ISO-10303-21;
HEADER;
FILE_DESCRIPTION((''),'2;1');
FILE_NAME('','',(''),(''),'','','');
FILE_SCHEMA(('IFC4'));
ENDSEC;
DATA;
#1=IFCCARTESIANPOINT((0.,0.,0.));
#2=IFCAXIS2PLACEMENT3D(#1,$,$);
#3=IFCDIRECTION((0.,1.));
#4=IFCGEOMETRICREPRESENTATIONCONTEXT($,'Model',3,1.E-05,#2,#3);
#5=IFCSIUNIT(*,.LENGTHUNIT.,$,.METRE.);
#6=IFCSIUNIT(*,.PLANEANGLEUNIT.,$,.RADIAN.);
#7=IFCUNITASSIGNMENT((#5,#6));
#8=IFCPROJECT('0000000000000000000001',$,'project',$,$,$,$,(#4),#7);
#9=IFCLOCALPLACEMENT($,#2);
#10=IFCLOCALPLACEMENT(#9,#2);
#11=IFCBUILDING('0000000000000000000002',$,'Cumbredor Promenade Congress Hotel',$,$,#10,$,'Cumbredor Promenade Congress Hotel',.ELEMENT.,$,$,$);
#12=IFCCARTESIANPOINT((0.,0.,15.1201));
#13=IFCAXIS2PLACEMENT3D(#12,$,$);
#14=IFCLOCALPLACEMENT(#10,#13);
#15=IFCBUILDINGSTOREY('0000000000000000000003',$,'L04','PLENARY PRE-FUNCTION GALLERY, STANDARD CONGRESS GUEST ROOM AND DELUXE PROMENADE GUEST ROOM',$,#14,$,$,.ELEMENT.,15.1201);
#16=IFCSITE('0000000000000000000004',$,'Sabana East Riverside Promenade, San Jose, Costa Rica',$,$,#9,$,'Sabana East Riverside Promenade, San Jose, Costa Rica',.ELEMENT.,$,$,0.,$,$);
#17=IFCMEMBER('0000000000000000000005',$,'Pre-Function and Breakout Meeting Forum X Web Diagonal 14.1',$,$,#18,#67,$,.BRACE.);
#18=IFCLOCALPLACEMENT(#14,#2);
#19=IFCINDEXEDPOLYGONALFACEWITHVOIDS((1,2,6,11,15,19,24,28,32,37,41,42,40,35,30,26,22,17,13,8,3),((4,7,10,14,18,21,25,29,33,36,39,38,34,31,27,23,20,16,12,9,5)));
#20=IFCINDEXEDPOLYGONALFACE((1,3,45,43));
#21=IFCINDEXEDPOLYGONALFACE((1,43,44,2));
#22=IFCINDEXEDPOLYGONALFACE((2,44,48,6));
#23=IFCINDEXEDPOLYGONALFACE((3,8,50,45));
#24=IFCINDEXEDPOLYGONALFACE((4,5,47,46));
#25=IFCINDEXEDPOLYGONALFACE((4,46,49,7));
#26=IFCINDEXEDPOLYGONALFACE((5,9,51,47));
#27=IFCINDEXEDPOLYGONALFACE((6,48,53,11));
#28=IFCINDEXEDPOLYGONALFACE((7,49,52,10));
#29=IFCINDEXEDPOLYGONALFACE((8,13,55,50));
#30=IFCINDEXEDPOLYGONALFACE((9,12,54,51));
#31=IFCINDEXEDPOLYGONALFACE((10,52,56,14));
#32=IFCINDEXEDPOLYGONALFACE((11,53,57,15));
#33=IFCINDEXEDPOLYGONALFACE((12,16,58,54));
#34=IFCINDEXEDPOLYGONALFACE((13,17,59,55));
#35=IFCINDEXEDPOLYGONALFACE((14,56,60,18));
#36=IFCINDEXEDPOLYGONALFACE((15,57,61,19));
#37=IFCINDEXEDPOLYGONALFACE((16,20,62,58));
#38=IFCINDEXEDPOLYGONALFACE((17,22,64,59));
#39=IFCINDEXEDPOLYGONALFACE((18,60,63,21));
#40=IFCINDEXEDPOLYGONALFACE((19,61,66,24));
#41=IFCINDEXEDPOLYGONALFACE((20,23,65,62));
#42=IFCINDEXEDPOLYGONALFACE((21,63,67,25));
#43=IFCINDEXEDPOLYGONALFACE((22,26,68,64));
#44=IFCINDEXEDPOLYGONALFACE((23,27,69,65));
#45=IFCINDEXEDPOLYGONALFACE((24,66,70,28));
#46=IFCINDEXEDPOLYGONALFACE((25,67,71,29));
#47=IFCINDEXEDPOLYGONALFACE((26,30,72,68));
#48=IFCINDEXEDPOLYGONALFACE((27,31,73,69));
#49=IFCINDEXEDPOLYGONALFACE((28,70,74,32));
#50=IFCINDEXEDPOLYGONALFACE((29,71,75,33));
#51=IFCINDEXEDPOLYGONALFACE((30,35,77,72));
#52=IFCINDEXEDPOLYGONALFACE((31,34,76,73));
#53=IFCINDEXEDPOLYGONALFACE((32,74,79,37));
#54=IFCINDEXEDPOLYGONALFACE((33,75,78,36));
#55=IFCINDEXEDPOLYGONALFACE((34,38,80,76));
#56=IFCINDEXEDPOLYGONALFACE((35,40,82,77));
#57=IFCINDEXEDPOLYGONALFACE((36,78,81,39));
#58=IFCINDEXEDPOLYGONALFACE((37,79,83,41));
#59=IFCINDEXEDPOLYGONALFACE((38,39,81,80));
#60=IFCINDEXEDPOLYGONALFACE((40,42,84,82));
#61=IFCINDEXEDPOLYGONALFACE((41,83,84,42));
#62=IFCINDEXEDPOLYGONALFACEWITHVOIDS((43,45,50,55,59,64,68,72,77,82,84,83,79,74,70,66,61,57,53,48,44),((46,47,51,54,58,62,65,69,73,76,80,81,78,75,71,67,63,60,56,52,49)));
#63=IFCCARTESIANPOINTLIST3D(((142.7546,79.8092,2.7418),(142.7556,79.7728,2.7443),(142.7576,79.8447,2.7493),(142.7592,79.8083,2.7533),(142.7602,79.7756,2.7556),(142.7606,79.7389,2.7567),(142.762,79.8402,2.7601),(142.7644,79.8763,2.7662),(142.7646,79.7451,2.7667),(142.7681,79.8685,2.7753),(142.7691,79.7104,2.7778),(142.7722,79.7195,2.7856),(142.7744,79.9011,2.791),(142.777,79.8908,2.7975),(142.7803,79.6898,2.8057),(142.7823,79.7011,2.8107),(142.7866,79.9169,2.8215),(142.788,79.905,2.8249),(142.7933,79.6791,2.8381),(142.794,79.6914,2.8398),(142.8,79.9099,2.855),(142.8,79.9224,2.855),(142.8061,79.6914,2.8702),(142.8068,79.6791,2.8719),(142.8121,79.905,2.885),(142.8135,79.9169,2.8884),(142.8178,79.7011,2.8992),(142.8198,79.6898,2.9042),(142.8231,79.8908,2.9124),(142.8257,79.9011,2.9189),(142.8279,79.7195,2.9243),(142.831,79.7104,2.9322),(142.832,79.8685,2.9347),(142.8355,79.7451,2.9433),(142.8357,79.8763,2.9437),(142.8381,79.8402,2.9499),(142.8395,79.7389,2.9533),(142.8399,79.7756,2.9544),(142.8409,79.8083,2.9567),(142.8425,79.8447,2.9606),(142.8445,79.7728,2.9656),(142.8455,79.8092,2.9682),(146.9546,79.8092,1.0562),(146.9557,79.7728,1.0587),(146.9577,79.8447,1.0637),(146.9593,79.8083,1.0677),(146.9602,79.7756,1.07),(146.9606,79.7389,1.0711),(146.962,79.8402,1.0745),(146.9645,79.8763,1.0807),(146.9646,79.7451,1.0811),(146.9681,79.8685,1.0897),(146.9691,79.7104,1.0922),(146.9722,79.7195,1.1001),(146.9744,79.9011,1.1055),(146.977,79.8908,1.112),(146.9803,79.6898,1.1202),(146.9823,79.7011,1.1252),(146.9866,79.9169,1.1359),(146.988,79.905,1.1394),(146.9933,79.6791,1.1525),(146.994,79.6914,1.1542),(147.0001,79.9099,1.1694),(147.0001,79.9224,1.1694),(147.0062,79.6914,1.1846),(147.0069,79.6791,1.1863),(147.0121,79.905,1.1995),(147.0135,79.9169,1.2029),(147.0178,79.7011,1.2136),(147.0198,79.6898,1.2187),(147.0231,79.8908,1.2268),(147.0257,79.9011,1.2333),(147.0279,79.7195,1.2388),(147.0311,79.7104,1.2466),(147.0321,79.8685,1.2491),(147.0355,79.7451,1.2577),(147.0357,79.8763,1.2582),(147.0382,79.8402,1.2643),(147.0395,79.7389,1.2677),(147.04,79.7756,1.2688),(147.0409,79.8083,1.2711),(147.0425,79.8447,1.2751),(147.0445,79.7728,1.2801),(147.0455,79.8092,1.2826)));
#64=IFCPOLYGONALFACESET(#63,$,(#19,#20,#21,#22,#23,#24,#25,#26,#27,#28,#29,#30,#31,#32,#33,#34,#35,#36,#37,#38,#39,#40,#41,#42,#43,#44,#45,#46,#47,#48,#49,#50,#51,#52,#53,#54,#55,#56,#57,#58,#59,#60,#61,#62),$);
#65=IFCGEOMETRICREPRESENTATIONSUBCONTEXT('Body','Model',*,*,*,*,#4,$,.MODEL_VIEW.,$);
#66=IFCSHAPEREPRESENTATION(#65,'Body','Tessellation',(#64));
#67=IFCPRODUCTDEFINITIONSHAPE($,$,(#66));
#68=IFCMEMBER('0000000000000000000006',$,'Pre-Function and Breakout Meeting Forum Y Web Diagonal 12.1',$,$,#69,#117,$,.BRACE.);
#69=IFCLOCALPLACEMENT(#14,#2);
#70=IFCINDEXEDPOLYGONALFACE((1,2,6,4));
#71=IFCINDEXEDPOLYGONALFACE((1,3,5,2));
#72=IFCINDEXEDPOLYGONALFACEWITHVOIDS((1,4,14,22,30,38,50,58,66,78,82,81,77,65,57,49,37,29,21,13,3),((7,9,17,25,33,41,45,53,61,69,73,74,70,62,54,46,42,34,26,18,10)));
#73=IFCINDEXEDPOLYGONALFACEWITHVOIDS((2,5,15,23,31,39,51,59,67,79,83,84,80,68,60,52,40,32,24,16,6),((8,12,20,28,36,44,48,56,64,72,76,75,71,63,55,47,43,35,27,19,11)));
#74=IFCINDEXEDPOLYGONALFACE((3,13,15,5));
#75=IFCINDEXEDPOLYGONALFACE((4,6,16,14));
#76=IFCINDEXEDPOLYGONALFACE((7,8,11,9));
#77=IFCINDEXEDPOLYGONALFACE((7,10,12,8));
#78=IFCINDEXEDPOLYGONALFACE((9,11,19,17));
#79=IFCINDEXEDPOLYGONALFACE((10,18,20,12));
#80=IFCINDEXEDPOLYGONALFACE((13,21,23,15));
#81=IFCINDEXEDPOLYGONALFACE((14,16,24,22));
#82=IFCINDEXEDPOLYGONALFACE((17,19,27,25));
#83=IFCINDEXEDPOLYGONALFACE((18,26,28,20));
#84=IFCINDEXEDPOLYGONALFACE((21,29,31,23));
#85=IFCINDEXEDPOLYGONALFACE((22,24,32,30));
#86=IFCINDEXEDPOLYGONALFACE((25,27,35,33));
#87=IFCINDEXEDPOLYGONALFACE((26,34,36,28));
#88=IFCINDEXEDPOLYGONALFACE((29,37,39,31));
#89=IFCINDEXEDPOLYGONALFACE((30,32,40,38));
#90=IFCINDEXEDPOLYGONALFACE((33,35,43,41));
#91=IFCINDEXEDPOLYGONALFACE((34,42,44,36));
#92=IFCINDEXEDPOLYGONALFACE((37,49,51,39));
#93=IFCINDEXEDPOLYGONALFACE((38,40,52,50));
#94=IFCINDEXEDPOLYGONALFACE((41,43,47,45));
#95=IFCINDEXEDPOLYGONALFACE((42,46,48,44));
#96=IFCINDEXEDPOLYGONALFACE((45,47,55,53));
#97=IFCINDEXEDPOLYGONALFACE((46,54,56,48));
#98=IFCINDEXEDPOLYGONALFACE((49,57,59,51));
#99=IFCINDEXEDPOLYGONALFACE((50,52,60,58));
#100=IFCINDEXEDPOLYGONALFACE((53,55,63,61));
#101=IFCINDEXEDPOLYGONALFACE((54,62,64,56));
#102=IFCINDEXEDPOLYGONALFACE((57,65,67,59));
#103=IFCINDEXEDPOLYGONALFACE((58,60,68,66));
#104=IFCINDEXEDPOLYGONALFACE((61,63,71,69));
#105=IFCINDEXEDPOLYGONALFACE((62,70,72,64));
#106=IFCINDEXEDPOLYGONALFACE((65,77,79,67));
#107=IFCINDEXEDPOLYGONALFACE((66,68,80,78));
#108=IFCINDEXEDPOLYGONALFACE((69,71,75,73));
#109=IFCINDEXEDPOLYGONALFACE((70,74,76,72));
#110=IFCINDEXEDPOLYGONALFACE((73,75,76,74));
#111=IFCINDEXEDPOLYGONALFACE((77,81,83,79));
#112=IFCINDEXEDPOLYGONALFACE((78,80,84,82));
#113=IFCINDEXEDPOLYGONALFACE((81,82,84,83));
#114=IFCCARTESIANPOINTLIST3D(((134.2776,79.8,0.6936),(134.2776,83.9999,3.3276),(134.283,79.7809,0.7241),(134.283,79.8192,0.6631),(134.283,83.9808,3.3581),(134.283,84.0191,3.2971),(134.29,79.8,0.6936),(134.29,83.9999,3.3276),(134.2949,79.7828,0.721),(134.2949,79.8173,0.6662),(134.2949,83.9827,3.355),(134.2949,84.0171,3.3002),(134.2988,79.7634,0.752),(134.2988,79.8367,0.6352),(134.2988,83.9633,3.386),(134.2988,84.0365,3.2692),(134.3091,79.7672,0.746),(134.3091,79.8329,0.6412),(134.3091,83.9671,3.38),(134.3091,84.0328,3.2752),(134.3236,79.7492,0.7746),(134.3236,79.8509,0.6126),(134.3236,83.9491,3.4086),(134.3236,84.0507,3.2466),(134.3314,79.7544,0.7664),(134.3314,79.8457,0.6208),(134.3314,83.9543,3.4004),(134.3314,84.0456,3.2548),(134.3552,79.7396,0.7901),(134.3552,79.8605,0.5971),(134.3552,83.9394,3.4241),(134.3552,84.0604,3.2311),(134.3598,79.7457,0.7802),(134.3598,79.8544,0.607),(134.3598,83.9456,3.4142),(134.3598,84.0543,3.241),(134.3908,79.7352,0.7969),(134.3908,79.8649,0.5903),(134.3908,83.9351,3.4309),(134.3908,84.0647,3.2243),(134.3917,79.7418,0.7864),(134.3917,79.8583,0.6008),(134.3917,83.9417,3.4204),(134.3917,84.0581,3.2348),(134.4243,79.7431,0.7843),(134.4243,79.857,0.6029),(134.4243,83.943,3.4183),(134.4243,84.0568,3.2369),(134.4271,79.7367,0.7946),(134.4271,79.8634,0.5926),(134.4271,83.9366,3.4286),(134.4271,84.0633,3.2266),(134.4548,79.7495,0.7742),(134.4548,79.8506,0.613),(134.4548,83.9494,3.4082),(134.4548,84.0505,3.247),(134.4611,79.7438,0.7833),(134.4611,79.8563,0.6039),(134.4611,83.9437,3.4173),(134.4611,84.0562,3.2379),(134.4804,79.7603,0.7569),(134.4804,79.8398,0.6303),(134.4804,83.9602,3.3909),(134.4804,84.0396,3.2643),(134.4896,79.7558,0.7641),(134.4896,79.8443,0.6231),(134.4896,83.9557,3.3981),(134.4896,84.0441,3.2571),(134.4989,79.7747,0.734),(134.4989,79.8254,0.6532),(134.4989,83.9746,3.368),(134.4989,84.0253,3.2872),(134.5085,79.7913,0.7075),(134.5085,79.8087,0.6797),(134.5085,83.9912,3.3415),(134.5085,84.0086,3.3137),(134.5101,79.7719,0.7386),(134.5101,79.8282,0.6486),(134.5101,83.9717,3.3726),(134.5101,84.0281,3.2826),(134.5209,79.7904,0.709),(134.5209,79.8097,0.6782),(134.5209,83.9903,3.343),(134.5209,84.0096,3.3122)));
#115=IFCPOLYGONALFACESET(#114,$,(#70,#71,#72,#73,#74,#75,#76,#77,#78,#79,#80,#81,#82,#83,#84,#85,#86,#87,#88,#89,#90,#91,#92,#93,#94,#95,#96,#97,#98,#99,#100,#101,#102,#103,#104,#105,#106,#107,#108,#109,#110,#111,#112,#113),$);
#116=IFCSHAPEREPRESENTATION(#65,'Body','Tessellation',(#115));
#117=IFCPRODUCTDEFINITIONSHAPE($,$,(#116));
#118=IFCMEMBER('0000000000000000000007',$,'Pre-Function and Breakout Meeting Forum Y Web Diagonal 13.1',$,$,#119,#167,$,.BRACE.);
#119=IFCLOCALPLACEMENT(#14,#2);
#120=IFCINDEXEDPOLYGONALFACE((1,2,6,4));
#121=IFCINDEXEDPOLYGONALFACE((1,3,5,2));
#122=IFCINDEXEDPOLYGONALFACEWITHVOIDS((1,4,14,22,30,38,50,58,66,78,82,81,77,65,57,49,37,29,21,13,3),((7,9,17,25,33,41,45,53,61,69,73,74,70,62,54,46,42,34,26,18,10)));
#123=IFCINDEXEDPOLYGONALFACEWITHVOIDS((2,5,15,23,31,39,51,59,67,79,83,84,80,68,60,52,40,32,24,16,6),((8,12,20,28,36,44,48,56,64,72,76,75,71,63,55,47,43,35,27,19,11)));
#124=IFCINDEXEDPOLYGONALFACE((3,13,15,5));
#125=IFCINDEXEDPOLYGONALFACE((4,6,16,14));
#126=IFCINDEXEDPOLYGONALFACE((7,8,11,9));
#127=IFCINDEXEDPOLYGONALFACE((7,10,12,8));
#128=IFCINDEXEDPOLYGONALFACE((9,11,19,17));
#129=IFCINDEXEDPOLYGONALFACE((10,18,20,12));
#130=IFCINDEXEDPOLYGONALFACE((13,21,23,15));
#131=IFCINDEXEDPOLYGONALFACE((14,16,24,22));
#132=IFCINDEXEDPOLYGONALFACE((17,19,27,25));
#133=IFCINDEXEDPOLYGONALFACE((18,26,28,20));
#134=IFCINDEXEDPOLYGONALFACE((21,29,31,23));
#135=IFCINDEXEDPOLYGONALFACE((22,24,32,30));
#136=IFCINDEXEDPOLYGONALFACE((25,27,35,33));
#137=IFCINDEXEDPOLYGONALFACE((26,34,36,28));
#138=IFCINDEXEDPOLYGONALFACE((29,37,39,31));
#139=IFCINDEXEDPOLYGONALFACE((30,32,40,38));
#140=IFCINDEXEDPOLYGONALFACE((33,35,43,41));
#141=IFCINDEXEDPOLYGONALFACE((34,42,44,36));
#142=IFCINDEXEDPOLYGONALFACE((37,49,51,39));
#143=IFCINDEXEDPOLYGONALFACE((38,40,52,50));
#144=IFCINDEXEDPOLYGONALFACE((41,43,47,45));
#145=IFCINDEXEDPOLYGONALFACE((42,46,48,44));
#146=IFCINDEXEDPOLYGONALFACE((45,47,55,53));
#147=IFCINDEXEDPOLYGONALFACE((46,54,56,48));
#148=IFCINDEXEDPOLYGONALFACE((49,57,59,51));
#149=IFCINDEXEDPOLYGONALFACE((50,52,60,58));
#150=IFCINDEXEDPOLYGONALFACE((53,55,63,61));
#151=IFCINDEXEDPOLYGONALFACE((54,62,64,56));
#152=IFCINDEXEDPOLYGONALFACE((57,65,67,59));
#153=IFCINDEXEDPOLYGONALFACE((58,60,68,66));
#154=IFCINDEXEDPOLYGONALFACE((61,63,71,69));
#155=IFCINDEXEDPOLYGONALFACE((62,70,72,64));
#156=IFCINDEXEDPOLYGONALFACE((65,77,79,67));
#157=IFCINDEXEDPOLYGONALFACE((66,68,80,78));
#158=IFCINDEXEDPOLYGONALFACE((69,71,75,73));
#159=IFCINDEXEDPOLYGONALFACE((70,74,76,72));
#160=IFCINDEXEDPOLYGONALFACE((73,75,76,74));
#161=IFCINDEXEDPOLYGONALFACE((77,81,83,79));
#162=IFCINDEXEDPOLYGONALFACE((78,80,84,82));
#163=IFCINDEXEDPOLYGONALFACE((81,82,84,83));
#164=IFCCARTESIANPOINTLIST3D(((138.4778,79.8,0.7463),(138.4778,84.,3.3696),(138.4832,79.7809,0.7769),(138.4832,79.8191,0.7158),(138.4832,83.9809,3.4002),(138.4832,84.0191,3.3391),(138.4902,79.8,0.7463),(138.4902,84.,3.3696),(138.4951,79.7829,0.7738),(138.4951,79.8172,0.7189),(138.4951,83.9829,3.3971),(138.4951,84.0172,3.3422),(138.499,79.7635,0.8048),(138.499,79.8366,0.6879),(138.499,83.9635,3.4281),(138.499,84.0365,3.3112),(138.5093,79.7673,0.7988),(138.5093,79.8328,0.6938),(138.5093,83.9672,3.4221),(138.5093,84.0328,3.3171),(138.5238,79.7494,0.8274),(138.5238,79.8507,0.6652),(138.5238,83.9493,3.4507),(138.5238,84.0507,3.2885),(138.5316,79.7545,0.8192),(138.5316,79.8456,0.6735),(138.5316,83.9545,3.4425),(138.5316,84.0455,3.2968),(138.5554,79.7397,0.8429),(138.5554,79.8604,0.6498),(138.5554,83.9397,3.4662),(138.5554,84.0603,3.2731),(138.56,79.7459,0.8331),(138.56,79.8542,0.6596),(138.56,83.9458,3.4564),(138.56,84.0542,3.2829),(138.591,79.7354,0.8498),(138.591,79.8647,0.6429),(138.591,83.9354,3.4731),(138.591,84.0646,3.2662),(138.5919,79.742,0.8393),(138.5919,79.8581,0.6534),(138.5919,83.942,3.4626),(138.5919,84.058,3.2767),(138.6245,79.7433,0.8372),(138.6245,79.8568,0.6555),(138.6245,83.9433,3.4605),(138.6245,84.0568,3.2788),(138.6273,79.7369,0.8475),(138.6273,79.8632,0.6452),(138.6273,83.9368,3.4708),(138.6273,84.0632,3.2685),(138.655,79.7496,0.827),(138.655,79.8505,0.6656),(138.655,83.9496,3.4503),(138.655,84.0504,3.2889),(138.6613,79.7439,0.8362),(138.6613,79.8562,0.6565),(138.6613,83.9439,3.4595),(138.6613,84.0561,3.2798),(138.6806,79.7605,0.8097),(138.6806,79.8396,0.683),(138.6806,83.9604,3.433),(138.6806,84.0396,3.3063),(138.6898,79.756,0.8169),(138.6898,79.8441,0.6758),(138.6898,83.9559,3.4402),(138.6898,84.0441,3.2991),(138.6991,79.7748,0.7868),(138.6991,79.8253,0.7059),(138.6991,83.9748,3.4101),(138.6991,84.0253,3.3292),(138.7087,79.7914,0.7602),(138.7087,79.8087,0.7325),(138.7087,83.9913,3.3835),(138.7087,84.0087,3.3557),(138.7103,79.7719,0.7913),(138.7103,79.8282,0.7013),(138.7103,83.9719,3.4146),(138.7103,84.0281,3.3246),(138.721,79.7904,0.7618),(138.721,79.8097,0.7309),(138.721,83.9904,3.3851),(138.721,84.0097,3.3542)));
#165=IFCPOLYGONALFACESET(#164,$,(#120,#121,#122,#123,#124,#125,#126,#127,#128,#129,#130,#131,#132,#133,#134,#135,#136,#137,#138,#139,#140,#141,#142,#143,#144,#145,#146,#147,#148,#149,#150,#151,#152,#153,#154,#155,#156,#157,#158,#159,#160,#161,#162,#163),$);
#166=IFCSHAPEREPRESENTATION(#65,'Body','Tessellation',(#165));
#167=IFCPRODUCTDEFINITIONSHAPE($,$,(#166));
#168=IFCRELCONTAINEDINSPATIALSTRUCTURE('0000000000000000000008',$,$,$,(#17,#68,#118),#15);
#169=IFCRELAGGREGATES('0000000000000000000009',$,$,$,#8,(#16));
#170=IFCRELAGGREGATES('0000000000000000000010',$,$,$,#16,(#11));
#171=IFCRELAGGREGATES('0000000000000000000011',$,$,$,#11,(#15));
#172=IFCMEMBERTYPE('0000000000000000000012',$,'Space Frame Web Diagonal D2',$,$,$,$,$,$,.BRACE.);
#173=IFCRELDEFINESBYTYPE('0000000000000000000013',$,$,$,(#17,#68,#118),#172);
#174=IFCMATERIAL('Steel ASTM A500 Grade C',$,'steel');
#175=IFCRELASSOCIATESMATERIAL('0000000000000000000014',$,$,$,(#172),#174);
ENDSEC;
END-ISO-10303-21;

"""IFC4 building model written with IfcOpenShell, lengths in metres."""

from ifc_helpers import new_model, si_unit, direction, frame, origin, origin_2d, place, context, subcontext, project, spatial, hollow_circle, extrude, material, material_profile, profile_set, type_object, element, save


model = new_model("IFC4")

# Units and contexts
model_context = context("Model", 3, precision=1e-05, world=origin(), true_north=direction((0.0, 1.0)))
body_context = subcontext(model_context, "Body", "Model", "MODEL_VIEW")
ifc_project = project(units=[si_unit("LENGTHUNIT", "METRE"), si_unit("PLANEANGLEUNIT", "RADIAN")], contexts=[model_context])

# Site, building, storey
site_placement = place(None, origin())
site = spatial("IfcSite", under=ifc_project, at=site_placement, Name="Sabana East Riverside Promenade, San Jose, Costa Rica", LongName="Sabana East Riverside Promenade, San Jose, Costa Rica", CompositionType="ELEMENT", RefElevation=0.0)
building_placement = place(site_placement, origin())
building = spatial("IfcBuilding", under=site, at=building_placement, Name="Cumbredor Promenade Congress Hotel", LongName="Cumbredor Promenade Congress Hotel", CompositionType="ELEMENT")
storey_placement = place(building_placement, frame((0.0, 0.0, 15.1201)))
storey = spatial("IfcBuildingStorey", under=building, at=storey_placement, Name="L04", Description="PLENARY PRE-FUNCTION GALLERY, STANDARD CONGRESS GUEST ROOM AND DELUXE PROMENADE GUEST ROOM", CompositionType="ELEMENT", Elevation=15.1201)

# Members
ifc_material_1 = material(Name="Steel ASTM A500 Grade C", Category="steel")
ifc_material_profile_1 = material_profile(ifc_material_1, hollow_circle(Radius=0.1223, WallThickness=0.0125, at=origin_2d()), Name="CHS 244.5x12.5")
ifc_profile_set_1 = profile_set([ifc_material_profile_1], Name="Steel ASTM A500 Grade C")
member_type_1 = type_object("IfcMemberType", Name="Space Frame Web Diagonal D2", PredefinedType="BRACE", material=ifc_profile_set_1)
member_1_placement = place(storey_placement, frame((142.8, 79.8, 2.855), z_axis=(0.928052, 0.0, -0.372451), x_axis=(0.0, 1.0, 0.0)))
element("IfcMember", 1, at=member_1_placement, inside=storey, type_object=member_type_1, Name="Pre-Function and Breakout Meeting Forum X Web Diagonal 14.1", PredefinedType="BRACE", context=body_context, shape_type="SweptSolid", body=[
    extrude(hollow_circle(Radius=0.1223, WallThickness=0.0125, at=origin_2d()), origin(), (0.0, 0.0, 1.0), 4.5256),
])
member_2_placement = place(storey_placement, frame((134.3999, 79.8, 0.6936), z_axis=(0.0, 0.847176, 0.531313), x_axis=(-1.0, 0.0, 0.0)))
element("IfcMember", 2, at=member_2_placement, inside=storey, type_object=member_type_1, Name="Pre-Function and Breakout Meeting Forum Y Web Diagonal 12.1", PredefinedType="BRACE", context=body_context, shape_type="SweptSolid", body=[
    extrude(hollow_circle(Radius=0.1223, WallThickness=0.0125, at=origin_2d()), origin(), (0.0, 0.0, 1.0), 4.9575),
])
member_3_placement = place(storey_placement, frame((138.6001, 79.8, 0.7463), z_axis=(0.0, 0.848151, 0.529755), x_axis=(-1.0, 0.0, 0.0)))
element("IfcMember", 3, at=member_3_placement, inside=storey, type_object=member_type_1, Name="Pre-Function and Breakout Meeting Forum Y Web Diagonal 13.1", PredefinedType="BRACE", context=body_context, shape_type="SweptSolid", body=[
    extrude(hollow_circle(Radius=0.1223, WallThickness=0.0125, at=origin_2d()), origin(), (0.0, 0.0, 1.0), 4.9519),
])

save(model, "model.ifc")
